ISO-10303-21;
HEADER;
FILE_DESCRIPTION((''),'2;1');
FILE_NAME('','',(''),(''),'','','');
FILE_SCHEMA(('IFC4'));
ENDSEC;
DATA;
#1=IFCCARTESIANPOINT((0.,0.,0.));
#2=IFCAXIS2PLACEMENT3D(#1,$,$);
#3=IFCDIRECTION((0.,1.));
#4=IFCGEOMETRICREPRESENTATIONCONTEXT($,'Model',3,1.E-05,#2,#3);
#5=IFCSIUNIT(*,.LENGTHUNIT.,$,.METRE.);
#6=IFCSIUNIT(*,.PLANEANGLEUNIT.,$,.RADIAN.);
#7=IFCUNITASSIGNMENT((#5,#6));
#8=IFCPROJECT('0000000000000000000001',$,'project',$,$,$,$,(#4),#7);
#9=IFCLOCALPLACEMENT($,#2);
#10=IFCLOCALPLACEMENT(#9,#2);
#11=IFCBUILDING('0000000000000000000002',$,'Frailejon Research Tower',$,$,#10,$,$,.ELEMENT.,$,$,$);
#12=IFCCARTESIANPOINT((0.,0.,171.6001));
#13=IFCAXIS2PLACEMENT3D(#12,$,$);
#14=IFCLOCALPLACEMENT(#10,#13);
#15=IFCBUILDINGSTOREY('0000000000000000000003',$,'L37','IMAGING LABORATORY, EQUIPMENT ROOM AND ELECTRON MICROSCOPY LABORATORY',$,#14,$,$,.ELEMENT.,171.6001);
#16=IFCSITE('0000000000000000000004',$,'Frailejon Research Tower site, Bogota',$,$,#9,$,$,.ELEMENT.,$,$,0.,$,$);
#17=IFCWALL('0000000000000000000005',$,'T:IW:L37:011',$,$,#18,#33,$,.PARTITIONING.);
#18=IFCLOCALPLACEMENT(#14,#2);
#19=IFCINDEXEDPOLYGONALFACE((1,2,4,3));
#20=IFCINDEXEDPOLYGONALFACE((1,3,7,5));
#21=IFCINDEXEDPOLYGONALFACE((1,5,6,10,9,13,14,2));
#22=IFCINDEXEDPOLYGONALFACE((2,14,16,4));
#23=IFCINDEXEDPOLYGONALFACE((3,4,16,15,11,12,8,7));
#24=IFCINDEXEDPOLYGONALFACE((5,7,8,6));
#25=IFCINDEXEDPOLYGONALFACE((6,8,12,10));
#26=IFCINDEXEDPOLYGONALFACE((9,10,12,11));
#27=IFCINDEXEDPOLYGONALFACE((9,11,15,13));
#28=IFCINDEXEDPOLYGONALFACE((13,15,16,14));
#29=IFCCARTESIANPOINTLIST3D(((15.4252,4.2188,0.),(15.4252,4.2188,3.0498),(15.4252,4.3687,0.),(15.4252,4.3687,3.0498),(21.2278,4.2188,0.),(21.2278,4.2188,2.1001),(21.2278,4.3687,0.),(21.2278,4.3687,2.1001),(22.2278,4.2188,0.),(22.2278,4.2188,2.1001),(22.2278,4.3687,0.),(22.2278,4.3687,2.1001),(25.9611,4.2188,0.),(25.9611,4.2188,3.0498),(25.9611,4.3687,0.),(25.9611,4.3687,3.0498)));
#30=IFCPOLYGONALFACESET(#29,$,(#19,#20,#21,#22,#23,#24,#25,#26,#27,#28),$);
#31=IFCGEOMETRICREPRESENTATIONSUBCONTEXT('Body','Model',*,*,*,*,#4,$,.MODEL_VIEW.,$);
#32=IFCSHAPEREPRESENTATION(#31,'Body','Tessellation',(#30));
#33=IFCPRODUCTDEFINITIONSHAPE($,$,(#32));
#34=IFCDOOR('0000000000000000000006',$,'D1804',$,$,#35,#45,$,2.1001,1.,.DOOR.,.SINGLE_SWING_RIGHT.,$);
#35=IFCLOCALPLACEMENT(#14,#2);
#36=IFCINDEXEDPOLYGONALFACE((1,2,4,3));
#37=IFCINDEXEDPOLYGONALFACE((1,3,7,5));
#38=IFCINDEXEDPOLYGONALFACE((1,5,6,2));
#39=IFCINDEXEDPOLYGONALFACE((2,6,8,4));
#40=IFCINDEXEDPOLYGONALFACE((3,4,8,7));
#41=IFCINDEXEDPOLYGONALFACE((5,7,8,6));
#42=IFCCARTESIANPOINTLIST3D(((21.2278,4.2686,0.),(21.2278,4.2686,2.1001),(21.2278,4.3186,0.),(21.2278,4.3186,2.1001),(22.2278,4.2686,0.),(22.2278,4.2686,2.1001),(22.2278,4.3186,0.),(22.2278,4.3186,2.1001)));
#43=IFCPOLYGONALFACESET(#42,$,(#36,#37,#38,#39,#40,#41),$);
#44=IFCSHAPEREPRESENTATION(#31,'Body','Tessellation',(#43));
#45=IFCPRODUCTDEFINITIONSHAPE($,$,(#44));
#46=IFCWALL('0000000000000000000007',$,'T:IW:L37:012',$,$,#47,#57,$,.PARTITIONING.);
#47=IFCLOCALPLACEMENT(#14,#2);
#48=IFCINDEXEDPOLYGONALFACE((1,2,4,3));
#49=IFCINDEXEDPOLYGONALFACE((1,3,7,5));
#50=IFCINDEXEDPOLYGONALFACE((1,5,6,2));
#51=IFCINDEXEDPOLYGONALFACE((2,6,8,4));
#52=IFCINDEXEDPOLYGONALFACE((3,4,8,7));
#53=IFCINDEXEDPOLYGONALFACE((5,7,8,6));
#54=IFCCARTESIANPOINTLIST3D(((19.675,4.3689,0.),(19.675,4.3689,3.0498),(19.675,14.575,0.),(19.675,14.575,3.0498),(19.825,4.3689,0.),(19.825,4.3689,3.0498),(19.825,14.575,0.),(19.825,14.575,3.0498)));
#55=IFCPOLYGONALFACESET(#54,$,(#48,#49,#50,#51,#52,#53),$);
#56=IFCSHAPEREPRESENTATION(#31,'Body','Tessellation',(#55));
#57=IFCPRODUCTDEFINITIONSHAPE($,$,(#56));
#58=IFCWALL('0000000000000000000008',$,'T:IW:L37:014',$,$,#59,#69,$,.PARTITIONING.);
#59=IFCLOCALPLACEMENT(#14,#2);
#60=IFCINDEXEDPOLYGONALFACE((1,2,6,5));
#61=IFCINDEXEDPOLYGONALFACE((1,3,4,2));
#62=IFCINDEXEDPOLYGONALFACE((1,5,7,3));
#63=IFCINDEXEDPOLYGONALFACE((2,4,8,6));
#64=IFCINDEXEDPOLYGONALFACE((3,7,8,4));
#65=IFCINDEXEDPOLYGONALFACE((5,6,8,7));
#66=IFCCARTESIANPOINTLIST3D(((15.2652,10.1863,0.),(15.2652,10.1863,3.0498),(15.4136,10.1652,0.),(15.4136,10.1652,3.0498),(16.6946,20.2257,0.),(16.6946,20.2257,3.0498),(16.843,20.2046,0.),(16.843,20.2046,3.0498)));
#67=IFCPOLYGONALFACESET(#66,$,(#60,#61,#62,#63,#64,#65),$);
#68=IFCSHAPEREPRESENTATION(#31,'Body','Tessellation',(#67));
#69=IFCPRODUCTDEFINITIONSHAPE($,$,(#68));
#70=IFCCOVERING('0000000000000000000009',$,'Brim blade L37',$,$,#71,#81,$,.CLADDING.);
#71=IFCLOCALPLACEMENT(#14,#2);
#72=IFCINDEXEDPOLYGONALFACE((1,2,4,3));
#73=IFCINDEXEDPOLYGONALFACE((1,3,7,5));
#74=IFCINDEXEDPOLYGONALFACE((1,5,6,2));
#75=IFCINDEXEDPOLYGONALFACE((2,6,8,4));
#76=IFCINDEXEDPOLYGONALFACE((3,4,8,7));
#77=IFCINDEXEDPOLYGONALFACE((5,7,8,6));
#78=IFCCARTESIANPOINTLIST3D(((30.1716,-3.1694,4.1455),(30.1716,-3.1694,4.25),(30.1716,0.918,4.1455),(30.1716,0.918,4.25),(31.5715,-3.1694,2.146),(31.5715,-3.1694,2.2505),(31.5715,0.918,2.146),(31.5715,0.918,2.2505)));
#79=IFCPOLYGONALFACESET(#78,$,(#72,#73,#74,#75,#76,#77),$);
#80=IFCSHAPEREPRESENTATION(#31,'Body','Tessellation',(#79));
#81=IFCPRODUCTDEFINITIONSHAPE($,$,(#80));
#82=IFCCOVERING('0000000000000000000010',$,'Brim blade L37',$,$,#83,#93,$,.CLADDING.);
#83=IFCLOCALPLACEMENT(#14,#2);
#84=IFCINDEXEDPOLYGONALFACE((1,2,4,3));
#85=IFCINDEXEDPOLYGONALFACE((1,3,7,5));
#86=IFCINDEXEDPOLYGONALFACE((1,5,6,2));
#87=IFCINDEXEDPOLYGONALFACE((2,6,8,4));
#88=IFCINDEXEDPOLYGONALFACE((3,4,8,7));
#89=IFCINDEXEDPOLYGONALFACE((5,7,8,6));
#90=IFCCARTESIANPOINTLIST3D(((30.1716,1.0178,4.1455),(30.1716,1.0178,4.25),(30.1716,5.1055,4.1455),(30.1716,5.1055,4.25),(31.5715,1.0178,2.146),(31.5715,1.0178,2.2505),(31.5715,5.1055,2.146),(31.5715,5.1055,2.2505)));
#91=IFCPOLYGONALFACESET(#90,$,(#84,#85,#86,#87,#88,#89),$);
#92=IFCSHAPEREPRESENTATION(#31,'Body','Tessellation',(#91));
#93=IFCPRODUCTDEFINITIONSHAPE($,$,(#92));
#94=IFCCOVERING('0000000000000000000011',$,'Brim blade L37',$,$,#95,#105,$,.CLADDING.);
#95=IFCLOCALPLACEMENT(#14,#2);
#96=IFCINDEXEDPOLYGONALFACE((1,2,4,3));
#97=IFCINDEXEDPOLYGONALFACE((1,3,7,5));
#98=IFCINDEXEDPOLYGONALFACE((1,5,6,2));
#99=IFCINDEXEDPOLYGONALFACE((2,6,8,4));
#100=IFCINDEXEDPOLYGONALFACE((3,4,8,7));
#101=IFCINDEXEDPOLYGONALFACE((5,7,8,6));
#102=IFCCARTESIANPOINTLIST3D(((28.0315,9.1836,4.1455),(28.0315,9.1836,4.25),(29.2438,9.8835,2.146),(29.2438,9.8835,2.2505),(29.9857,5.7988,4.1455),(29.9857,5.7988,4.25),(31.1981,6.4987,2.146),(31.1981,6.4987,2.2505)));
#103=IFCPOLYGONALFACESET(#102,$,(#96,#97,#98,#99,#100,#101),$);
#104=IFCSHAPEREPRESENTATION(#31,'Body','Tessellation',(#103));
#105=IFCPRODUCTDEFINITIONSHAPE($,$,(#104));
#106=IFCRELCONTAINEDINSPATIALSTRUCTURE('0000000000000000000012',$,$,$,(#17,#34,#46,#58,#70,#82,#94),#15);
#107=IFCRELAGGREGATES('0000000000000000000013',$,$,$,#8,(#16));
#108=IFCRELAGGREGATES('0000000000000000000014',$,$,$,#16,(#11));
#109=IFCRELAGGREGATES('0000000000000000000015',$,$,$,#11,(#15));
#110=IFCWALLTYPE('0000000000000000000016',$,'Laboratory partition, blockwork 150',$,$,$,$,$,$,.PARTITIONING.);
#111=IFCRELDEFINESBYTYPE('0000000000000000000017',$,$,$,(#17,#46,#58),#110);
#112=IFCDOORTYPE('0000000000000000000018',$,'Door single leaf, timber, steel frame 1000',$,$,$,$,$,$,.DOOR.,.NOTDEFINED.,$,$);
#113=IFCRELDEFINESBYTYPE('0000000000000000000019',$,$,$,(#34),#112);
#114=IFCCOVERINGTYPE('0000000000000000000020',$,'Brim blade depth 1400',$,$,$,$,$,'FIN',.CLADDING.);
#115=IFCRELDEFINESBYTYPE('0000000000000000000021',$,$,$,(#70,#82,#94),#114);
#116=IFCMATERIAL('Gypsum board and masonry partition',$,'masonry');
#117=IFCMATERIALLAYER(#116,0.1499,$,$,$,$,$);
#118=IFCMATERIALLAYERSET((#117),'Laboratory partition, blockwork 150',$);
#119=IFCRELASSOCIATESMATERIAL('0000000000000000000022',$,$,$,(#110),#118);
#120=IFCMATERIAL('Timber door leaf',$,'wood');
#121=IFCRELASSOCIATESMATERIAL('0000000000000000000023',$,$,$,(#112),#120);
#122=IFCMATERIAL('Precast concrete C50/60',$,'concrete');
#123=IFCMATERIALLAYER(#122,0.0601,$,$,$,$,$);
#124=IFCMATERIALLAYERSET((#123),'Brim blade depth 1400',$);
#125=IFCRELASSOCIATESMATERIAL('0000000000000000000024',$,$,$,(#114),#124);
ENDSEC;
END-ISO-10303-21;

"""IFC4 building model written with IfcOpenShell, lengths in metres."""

from ifc_helpers import new_model, si_unit, direction, frame, frame_2d, origin, place, context, subcontext, project, spatial, polyline, rectangle, outline, extrude, material, layer, layer_set, type_object, element, fill, save


model = new_model("IFC4")

# Units and contexts
model_context = context("Model", 3, precision=1e-05, world=origin(), true_north=direction((0.0, 1.0)))
body_context = subcontext(model_context, "Body", "Model", "MODEL_VIEW")
ifc_project = project(units=[si_unit("LENGTHUNIT", "METRE"), si_unit("PLANEANGLEUNIT", "RADIAN")], contexts=[model_context])

# Site, building, storey
site_placement = place(None, origin())
site = spatial("IfcSite", under=ifc_project, at=site_placement, Name="Frailejon Research Tower site, Bogota", CompositionType="ELEMENT", RefElevation=0.0)
building_placement = place(site_placement, origin())
building = spatial("IfcBuilding", under=site, at=building_placement, Name="Frailejon Research Tower", CompositionType="ELEMENT")
storey_placement = place(building_placement, frame((0.0, 0.0, 171.6001)))
storey = spatial("IfcBuildingStorey", under=building, at=storey_placement, Name="L37", Description="IMAGING LABORATORY, EQUIPMENT ROOM AND ELECTRON MICROSCOPY LABORATORY", CompositionType="ELEMENT", Elevation=171.6001)

# Wall, opening, door
ifc_material_1 = material(Name="Gypsum board and masonry partition", Category="masonry")
ifc_layer_1 = layer(ifc_material_1, 0.1499)
ifc_layer_set_1 = layer_set([ifc_layer_1], Name="Laboratory partition, blockwork 150")
wall_type_1 = type_object("IfcWallType", Name="Laboratory partition, blockwork 150", PredefinedType="PARTITIONING", material=ifc_layer_set_1)
wall_1_placement = place(storey_placement, frame((15.425, 4.2937, 0.0), z_axis=(0.0, 0.0, 1.0), x_axis=(1.0, 0.0, 0.0)))
wall_1 = element("IfcWall", 1, at=wall_1_placement, inside=storey, type_object=wall_type_1, Name="T:IW:L37:011", PredefinedType="PARTITIONING", context=body_context, shape_type="SweptSolid", body=[
    extrude(rectangle(XDim=10.5359, YDim=0.1499, at=frame_2d((5.2681, 0.0))), origin(), (0.0, 0.0, 1.0), 3.0498),
])
opening_1_placement = place(wall_1_placement, frame((5.8027, 0.0, 0.0)))
opening_1 = element("IfcOpeningElement", 2, at=opening_1_placement, cuts=wall_1, PredefinedType="OPENING", context=body_context, shape_type="SweptSolid", body=[
    extrude(rectangle(XDim=1.0, YDim=2.1001, at=frame_2d((0.5, 1.05))), frame((0.0, 0.085, 0.0), z_axis=(0.0, -1.0, 0.0), x_axis=(1.0, 0.0, 0.0)), (0.0, 0.0, 1.0), 0.1699),
])
ifc_material_2 = material(Name="Timber door leaf", Category="wood")
door_type_1 = type_object("IfcDoorType", Name="Door single leaf, timber, steel frame 1000", OperationType="NOTDEFINED", PredefinedType="DOOR", material=ifc_material_2)
door_1_placement = place(opening_1_placement, origin())
door_1 = element("IfcDoor", 3, at=door_1_placement, inside=storey, type_object=door_type_1, Name="D1804", OperationType="SINGLE_SWING_RIGHT", OverallHeight=2.1001, OverallWidth=1.0, PredefinedType="DOOR", context=body_context, shape_type="SweptSolid", body=[
    extrude(rectangle(XDim=1.0, YDim=2.1001, at=frame_2d((0.5, 1.05))), frame((0.0, 0.0249, 0.0), z_axis=(0.0, -1.0, 0.0), x_axis=(1.0, 0.0, 0.0)), (0.0, 0.0, 1.0), 0.05),
])
fill(opening_1, door_1)

# Walls
wall_2_placement = place(storey_placement, frame((19.75, 4.3689, 0.0), z_axis=(0.0, 0.0, 1.0), x_axis=(0.0, 1.0, 0.0)))
element("IfcWall", 4, at=wall_2_placement, inside=storey, type_object=wall_type_1, Name="T:IW:L37:012", PredefinedType="PARTITIONING", context=body_context, shape_type="SweptSolid", body=[
    extrude(rectangle(XDim=10.2061, YDim=0.1499, at=frame_2d((5.103, 0.0))), origin(), (0.0, 0.0, 1.0), 3.0498),
])
wall_3_placement = place(storey_placement, frame((15.3394, 10.1758, 0.0), z_axis=(0.0, 0.0, 1.0), x_axis=(0.140963, 0.990015, 0.0)))
element("IfcWall", 5, at=wall_3_placement, inside=storey, type_object=wall_type_1, Name="T:IW:L37:014", PredefinedType="PARTITIONING", context=body_context, shape_type="SweptSolid", body=[
    extrude(rectangle(XDim=10.1406, YDim=0.1499, at=frame_2d((5.0703, 0.0))), origin(), (0.0, 0.0, 1.0), 3.0498),
])

# Coverings
ifc_material_3 = material(Name="Precast concrete C50/60", Category="concrete")
ifc_layer_2 = layer(ifc_material_3, 0.0601)
ifc_layer_set_2 = layer_set([ifc_layer_2], Name="Brim blade depth 1400")
covering_type = type_object("IfcCoveringType", Name="Brim blade depth 1400", ElementType="FIN", PredefinedType="CLADDING", material=ifc_layer_set_2)
covering_1_placement = place(storey_placement, frame((30.1716, 0.918, 4.25), z_axis=(0.0, -1.0, 0.0), x_axis=(1.0, 0.0, 0.0)))
element("IfcCovering", 6, at=covering_1_placement, inside=storey, type_object=covering_type, Name="Brim blade L37", PredefinedType="CLADDING", context=body_context, shape_type="SweptSolid", body=[
    extrude(outline(polyline([(0.0, -0.1045), (1.3999, -2.104), (1.3999, -1.9995), (0.0, 0.0), (0.0, -0.1045)])), origin(), (0.0, 0.0, 1.0), 4.0874),
])
covering_2_placement = place(storey_placement, frame((30.1716, 5.1055, 4.25), z_axis=(0.0, -1.0, 0.0), x_axis=(1.0, 0.0, 0.0)))
element("IfcCovering", 7, at=covering_2_placement, inside=storey, type_object=covering_type, Name="Brim blade L37", PredefinedType="CLADDING", context=body_context, shape_type="SweptSolid", body=[
    extrude(outline(polyline([(0.0, -0.1045), (1.3999, -2.104), (1.3999, -1.9995), (0.0, 0.0), (0.0, -0.1045)])), origin(), (0.0, 0.0, 1.0), 4.0876),
])
covering_3_placement = place(storey_placement, frame((28.0315, 9.1836, 4.25), z_axis=(0.499997, -0.866027, 0.0), x_axis=(0.866027, 0.499997, 0.0)))
element("IfcCovering", 8, at=covering_3_placement, inside=storey, type_object=covering_type, Name="Brim blade L37", PredefinedType="CLADDING", context=body_context, shape_type="SweptSolid", body=[
    extrude(outline(polyline([(0.0, -0.1045), (1.3999, -2.104), (1.3999, -1.9995), (0.0, 0.0), (0.0, -0.1045)])), origin(), (0.0, 0.0, 1.0), 3.9084),
])

save(model, "model.ifc")
